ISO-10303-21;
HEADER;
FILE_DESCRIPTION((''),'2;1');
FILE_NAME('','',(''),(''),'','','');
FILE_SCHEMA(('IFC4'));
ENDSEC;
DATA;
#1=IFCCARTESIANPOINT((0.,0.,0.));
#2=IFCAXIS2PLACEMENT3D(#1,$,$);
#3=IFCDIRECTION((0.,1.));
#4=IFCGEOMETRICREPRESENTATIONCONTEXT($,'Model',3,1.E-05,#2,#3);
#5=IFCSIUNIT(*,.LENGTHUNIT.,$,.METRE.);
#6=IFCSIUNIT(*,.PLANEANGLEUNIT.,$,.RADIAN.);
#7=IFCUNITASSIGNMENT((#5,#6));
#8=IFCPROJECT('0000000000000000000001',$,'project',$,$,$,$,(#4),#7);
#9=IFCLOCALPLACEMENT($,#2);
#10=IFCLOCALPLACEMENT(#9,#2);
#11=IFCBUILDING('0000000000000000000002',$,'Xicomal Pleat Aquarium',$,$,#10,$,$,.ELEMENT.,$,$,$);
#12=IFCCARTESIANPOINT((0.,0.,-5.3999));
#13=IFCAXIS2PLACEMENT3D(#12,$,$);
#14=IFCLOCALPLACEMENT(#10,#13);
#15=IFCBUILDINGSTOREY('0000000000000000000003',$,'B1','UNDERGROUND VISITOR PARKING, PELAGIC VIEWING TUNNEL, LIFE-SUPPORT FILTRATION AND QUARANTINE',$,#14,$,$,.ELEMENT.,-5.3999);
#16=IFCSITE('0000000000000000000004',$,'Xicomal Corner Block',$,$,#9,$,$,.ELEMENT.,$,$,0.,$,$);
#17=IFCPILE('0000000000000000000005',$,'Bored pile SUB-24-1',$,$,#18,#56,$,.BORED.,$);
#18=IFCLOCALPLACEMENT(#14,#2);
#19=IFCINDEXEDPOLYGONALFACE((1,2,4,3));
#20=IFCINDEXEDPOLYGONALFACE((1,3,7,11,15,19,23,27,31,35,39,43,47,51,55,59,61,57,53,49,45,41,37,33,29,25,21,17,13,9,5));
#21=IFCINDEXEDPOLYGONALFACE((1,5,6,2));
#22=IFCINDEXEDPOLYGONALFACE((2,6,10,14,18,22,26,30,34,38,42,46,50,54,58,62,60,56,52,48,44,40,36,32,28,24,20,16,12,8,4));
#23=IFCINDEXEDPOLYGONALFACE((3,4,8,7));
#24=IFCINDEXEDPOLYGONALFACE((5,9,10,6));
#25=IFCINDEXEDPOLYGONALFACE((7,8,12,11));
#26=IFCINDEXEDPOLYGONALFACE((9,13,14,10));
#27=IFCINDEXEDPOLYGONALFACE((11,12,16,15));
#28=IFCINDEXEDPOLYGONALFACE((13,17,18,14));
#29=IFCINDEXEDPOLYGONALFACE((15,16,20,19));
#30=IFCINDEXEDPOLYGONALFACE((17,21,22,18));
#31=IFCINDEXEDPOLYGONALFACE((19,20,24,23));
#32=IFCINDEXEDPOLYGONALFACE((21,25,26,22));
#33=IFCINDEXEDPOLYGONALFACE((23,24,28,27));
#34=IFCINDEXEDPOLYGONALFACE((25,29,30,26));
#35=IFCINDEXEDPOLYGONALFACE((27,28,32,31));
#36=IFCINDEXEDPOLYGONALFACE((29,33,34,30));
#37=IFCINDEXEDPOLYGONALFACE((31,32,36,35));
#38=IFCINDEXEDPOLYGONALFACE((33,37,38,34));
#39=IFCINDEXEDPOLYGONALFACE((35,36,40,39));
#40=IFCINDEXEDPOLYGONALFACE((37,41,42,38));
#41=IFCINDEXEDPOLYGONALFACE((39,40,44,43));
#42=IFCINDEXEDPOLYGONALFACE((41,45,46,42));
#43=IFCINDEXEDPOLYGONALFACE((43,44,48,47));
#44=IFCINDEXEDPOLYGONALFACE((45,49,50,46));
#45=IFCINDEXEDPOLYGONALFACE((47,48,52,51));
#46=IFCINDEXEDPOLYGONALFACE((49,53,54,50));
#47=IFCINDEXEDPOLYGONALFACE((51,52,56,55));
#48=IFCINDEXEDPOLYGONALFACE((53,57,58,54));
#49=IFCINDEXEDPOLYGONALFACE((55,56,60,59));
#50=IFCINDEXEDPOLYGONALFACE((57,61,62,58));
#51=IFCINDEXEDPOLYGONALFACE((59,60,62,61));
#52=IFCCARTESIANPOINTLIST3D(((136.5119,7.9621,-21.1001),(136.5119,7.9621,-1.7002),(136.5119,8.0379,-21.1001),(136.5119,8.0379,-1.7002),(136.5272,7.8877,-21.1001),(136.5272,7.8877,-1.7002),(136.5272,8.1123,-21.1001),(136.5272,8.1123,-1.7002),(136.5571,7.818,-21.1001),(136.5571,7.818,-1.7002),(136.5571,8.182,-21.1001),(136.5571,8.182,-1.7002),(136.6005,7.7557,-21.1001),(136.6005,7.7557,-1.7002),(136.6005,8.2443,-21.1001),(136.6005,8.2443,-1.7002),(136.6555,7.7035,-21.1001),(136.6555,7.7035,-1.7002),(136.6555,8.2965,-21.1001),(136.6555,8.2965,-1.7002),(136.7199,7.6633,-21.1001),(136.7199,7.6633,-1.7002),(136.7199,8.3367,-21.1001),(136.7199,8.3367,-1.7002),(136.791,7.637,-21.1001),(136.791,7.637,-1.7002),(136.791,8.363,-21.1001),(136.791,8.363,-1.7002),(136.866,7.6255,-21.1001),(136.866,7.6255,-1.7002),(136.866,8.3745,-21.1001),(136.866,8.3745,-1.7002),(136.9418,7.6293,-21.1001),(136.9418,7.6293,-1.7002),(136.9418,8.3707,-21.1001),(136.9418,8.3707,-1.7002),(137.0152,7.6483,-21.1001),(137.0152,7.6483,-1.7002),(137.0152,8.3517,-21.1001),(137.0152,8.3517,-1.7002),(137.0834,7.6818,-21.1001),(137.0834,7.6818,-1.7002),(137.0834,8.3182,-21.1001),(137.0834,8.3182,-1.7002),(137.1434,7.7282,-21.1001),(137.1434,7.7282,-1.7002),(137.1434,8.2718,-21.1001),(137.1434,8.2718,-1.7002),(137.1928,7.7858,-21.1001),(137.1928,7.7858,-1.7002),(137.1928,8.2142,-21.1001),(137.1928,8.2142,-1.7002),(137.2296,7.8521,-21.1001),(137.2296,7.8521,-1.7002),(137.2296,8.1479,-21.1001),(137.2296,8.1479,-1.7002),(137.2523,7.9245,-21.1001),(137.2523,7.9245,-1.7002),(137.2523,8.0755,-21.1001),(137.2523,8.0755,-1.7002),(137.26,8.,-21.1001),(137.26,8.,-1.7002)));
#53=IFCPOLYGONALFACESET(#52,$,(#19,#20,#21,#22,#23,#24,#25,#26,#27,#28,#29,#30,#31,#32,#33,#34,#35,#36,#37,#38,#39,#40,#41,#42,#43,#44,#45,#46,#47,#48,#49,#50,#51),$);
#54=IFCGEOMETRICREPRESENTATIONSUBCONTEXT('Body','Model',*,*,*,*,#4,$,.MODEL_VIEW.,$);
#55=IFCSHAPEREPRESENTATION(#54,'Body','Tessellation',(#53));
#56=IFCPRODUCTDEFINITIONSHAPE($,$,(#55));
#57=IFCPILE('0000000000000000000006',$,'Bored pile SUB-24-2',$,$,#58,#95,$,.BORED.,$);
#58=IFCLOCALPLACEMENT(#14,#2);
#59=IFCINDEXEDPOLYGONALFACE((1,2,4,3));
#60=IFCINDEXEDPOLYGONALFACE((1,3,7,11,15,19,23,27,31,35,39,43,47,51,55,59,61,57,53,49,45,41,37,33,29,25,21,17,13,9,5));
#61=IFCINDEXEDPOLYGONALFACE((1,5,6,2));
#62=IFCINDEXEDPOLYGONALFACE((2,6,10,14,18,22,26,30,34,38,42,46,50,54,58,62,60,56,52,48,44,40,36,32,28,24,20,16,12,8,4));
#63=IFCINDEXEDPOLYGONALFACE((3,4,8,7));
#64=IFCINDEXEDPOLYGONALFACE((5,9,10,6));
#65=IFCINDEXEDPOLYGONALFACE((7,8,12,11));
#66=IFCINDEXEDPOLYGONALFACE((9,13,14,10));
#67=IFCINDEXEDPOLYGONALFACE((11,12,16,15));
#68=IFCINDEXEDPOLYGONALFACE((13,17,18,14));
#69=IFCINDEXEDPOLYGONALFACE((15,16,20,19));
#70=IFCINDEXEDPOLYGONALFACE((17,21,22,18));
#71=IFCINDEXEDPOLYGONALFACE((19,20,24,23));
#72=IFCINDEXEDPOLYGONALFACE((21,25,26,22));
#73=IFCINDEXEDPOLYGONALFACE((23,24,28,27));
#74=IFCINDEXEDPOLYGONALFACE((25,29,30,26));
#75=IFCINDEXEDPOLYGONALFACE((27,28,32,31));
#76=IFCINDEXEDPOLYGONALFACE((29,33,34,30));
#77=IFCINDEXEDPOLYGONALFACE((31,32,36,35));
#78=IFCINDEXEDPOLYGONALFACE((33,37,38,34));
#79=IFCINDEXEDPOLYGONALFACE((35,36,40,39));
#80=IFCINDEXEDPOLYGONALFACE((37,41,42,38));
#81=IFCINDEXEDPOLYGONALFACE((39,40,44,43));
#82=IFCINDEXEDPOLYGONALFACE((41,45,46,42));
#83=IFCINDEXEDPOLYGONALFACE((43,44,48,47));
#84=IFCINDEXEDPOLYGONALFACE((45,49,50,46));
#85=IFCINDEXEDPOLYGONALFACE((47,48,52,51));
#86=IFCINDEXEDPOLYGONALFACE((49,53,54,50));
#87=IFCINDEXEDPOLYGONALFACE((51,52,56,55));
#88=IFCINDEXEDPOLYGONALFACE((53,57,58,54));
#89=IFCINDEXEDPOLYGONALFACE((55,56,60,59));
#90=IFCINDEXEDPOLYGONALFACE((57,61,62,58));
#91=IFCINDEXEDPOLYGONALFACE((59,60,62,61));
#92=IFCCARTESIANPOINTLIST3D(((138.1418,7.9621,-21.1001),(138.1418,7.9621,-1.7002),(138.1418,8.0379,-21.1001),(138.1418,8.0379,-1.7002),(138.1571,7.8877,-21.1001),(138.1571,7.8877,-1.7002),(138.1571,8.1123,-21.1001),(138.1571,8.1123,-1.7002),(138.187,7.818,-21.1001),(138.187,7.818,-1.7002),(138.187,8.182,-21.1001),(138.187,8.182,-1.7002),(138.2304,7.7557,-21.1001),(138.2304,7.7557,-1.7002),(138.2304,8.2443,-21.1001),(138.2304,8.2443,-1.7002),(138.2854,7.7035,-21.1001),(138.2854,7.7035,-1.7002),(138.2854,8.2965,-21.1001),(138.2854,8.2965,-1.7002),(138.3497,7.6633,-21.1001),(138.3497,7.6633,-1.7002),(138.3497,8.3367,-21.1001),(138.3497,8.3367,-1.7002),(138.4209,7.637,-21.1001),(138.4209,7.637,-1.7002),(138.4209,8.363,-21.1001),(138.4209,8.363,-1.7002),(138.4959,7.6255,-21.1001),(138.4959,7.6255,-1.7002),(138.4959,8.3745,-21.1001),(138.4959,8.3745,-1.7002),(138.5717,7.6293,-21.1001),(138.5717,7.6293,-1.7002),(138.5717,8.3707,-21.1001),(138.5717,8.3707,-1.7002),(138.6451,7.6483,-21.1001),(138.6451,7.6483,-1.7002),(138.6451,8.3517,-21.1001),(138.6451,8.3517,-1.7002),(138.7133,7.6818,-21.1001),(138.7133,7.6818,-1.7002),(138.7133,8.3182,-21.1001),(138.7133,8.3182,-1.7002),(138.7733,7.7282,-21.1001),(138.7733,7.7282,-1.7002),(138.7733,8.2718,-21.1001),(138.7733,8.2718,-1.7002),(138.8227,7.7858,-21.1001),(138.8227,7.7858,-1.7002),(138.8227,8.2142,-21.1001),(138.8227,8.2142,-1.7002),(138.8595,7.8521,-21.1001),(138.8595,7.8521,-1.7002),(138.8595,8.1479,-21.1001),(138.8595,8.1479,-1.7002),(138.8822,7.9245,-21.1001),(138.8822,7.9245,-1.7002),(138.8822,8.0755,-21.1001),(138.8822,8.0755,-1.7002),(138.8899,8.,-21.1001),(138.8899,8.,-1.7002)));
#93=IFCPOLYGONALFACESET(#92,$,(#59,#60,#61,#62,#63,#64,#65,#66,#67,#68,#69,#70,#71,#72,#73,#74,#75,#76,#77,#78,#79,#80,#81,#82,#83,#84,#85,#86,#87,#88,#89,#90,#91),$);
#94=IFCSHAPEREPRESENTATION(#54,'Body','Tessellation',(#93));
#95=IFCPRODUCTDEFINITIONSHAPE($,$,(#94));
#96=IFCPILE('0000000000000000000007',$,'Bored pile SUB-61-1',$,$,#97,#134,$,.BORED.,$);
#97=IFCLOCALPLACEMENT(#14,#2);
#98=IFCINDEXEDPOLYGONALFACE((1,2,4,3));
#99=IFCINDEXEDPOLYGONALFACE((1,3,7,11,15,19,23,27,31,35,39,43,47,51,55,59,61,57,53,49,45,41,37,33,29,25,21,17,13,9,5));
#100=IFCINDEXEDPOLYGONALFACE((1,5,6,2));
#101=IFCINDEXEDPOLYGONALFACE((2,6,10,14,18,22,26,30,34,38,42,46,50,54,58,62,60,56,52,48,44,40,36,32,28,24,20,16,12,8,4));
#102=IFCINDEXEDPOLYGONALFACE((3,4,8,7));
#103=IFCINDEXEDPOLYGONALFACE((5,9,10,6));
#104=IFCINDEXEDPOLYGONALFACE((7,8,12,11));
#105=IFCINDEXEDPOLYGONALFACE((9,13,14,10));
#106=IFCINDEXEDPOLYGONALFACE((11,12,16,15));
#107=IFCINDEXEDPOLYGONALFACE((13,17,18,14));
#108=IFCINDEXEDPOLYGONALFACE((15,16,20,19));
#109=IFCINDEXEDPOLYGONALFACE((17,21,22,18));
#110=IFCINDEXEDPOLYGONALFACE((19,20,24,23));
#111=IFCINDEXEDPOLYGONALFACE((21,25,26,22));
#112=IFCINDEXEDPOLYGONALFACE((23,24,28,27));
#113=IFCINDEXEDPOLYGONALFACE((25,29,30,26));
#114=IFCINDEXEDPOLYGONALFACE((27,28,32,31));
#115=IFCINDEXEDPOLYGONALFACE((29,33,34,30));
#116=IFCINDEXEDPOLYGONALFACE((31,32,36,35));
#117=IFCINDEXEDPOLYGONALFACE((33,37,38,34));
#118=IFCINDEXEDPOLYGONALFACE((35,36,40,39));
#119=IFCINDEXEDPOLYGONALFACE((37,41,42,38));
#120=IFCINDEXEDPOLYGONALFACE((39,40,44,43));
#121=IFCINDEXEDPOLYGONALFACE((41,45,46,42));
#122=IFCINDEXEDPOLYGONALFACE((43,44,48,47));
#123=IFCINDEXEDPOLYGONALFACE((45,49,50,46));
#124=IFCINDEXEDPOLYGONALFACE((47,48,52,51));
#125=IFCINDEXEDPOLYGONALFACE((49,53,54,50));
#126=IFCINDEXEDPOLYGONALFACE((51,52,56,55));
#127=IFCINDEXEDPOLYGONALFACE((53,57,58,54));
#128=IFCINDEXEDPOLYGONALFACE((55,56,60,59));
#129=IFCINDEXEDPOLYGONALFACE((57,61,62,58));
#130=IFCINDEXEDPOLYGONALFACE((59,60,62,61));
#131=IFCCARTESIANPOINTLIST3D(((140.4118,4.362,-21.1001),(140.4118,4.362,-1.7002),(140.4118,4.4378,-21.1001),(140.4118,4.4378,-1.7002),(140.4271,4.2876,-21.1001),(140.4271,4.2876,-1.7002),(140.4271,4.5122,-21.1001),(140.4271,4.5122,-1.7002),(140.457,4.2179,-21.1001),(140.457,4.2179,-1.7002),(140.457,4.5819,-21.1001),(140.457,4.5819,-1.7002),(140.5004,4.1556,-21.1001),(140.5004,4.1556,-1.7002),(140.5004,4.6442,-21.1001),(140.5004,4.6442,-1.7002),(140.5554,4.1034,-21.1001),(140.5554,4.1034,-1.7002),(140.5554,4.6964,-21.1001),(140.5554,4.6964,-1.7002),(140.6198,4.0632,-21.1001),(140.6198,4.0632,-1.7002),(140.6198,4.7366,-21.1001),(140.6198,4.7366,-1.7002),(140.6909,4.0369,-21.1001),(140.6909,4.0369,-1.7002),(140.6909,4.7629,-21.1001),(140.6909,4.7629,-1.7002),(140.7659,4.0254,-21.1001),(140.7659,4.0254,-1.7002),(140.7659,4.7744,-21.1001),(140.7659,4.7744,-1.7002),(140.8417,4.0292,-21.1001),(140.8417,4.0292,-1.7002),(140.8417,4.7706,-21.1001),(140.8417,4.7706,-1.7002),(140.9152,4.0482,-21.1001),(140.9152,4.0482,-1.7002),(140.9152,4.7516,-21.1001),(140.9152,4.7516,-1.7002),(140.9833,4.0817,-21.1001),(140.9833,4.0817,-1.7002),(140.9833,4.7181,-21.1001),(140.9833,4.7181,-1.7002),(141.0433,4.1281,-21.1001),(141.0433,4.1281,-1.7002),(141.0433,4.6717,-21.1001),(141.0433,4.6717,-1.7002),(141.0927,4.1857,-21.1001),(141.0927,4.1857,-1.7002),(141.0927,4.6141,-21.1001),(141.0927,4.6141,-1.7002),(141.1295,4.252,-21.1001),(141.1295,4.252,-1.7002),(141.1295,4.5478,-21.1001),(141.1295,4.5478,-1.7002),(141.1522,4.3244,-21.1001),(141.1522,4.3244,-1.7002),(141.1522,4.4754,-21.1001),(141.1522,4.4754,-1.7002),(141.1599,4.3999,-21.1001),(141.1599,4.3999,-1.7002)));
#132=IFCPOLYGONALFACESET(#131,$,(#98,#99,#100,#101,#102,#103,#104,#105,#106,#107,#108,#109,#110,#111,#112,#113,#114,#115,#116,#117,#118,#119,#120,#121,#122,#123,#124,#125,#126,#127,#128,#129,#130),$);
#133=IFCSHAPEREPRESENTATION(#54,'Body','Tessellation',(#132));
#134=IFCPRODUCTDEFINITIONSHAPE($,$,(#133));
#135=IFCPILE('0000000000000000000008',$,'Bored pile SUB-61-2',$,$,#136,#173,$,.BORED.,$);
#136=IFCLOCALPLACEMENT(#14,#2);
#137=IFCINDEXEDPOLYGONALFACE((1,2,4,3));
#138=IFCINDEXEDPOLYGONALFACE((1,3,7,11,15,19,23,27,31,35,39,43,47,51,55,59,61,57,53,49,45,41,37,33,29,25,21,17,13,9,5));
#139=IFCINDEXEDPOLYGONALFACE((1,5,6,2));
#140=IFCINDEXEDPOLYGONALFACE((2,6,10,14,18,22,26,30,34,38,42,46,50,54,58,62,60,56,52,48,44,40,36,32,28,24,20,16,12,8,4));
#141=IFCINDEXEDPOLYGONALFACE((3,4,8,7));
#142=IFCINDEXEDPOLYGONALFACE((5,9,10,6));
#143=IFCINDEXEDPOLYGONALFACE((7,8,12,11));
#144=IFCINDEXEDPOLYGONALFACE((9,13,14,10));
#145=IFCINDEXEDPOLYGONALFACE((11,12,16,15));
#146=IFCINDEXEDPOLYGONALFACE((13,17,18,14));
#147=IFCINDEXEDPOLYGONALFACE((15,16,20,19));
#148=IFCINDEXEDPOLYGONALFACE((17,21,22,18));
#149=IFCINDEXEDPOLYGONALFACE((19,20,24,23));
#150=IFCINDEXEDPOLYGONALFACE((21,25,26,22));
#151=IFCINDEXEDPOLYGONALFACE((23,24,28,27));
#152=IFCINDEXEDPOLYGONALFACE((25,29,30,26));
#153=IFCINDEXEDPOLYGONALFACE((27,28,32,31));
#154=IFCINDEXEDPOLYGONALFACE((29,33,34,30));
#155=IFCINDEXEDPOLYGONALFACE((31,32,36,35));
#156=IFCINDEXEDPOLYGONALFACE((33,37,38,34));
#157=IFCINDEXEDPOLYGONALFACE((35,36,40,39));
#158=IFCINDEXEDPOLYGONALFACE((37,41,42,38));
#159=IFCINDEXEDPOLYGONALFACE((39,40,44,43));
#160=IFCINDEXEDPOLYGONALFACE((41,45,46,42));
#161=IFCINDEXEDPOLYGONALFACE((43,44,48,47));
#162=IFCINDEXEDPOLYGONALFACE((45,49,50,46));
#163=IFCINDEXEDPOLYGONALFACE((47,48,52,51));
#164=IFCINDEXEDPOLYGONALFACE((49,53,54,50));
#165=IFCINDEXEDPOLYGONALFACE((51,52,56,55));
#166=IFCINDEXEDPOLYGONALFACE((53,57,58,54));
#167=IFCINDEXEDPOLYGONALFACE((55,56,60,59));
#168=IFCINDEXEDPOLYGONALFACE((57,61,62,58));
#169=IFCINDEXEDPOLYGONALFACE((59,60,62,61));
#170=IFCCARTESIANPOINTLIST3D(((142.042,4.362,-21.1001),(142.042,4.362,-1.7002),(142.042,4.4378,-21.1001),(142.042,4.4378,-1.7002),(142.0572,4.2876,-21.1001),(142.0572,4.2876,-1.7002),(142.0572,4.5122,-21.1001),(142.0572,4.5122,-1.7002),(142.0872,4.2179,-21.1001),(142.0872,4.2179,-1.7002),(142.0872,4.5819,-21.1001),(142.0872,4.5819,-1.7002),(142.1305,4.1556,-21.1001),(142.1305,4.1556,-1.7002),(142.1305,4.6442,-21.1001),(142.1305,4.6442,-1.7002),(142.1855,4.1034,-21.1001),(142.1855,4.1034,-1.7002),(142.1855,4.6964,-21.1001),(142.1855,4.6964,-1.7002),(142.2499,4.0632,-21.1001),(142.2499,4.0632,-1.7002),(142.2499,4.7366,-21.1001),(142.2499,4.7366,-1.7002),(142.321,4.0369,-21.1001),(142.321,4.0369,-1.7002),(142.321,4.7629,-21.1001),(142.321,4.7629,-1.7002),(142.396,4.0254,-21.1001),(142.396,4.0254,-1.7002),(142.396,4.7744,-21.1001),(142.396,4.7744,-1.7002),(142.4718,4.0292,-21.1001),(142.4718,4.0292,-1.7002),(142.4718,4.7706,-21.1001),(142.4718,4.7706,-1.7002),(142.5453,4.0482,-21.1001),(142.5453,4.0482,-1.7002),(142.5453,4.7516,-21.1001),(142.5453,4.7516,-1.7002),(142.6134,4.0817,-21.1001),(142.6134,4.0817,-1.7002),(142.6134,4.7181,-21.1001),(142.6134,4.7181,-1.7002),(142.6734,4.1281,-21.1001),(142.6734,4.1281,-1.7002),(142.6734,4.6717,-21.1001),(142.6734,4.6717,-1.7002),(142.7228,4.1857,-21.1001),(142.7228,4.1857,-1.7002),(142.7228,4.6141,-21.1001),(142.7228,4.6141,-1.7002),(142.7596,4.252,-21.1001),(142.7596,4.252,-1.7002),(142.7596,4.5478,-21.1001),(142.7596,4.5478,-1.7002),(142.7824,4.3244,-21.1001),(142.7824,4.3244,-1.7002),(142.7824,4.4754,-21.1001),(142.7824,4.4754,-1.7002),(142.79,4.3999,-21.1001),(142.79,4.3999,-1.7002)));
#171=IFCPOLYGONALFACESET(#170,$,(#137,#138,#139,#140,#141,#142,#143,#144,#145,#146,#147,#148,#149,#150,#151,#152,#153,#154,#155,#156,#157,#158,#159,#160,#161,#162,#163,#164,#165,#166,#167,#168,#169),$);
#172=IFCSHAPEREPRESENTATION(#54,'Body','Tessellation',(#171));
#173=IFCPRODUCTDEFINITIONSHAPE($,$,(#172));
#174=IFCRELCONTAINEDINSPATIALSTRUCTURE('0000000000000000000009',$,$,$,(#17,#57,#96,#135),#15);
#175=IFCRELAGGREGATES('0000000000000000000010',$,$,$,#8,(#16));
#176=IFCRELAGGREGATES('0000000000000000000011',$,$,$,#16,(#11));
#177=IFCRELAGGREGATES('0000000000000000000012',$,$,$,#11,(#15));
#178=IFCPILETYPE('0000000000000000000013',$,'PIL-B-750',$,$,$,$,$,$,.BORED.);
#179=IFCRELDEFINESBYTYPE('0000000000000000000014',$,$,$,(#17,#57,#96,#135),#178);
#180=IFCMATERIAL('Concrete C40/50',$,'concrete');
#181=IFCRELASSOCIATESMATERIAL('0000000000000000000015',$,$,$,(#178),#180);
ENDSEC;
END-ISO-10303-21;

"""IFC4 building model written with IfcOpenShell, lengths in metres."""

from ifc_helpers import new_model, si_unit, direction, frame, origin, origin_2d, place, context, subcontext, project, spatial, circle, extrude, material, material_profile, profile_set, type_object, element, save


model = new_model("IFC4")

# Units and contexts
model_context = context("Model", 3, precision=1e-05, world=origin(), true_north=direction((0.0, 1.0)))
body_context = subcontext(model_context, "Body", "Model", "MODEL_VIEW")
ifc_project = project(units=[si_unit("LENGTHUNIT", "METRE"), si_unit("PLANEANGLEUNIT", "RADIAN")], contexts=[model_context])

# Site, building, storey
site_placement = place(None, origin())
site = spatial("IfcSite", under=ifc_project, at=site_placement, Name="Xicomal Corner Block", CompositionType="ELEMENT", RefElevation=0.0)
building_placement = place(site_placement, origin())
building = spatial("IfcBuilding", under=site, at=building_placement, Name="Xicomal Pleat Aquarium", CompositionType="ELEMENT")
storey_placement = place(building_placement, frame((0.0, 0.0, -5.3999)))
storey = spatial("IfcBuildingStorey", under=building, at=storey_placement, Name="B1", Description="UNDERGROUND VISITOR PARKING, PELAGIC VIEWING TUNNEL, LIFE-SUPPORT FILTRATION AND QUARANTINE", CompositionType="ELEMENT", Elevation=-5.3999)

# Piles
ifc_material_1 = material(Name="Concrete C40/50", Category="concrete")
ifc_material_profile_1 = material_profile(ifc_material_1, circle(Radius=0.375, at=origin_2d()), Name="BORED PILE D750")
ifc_profile_set_1 = profile_set([ifc_material_profile_1], Name="Concrete C40/50")
pile_type_1 = type_object("IfcPileType", Name="PIL-B-750", PredefinedType="BORED", material=ifc_profile_set_1)
for number, where, z_axis, x_axis, name in (
    (1, (136.885, 8.0, -1.7002), (0.0, 0.0, -1.0), (1.0, 0.0, 0.0), "Bored pile SUB-24-1"),
    (2, (138.5149, 8.0, -1.7002), (0.0, 0.0, -1.0), (1.0, 0.0, 0.0), "Bored pile SUB-24-2"),
    (3, (140.7849, 4.3999, -1.7002), (0.0, 0.0, -1.0), (1.0, 0.0, 0.0), "Bored pile SUB-61-1"),
    (4, (142.415, 4.3999, -1.7002), (0.0, 0.0, -1.0), (1.0, 0.0, 0.0), "Bored pile SUB-61-2"),
):
    element("IfcPile", number, at=place(storey_placement, frame(where, z_axis=z_axis, x_axis=x_axis)), inside=storey, type_object=pile_type_1, Name=name, PredefinedType="BORED", context=body_context, shape_type="SweptSolid", body=[
        extrude(circle(Radius=0.375, at=origin_2d()), origin(), (0.0, 0.0, 1.0), 19.3999),
    ])

save(model, "model.ifc")
